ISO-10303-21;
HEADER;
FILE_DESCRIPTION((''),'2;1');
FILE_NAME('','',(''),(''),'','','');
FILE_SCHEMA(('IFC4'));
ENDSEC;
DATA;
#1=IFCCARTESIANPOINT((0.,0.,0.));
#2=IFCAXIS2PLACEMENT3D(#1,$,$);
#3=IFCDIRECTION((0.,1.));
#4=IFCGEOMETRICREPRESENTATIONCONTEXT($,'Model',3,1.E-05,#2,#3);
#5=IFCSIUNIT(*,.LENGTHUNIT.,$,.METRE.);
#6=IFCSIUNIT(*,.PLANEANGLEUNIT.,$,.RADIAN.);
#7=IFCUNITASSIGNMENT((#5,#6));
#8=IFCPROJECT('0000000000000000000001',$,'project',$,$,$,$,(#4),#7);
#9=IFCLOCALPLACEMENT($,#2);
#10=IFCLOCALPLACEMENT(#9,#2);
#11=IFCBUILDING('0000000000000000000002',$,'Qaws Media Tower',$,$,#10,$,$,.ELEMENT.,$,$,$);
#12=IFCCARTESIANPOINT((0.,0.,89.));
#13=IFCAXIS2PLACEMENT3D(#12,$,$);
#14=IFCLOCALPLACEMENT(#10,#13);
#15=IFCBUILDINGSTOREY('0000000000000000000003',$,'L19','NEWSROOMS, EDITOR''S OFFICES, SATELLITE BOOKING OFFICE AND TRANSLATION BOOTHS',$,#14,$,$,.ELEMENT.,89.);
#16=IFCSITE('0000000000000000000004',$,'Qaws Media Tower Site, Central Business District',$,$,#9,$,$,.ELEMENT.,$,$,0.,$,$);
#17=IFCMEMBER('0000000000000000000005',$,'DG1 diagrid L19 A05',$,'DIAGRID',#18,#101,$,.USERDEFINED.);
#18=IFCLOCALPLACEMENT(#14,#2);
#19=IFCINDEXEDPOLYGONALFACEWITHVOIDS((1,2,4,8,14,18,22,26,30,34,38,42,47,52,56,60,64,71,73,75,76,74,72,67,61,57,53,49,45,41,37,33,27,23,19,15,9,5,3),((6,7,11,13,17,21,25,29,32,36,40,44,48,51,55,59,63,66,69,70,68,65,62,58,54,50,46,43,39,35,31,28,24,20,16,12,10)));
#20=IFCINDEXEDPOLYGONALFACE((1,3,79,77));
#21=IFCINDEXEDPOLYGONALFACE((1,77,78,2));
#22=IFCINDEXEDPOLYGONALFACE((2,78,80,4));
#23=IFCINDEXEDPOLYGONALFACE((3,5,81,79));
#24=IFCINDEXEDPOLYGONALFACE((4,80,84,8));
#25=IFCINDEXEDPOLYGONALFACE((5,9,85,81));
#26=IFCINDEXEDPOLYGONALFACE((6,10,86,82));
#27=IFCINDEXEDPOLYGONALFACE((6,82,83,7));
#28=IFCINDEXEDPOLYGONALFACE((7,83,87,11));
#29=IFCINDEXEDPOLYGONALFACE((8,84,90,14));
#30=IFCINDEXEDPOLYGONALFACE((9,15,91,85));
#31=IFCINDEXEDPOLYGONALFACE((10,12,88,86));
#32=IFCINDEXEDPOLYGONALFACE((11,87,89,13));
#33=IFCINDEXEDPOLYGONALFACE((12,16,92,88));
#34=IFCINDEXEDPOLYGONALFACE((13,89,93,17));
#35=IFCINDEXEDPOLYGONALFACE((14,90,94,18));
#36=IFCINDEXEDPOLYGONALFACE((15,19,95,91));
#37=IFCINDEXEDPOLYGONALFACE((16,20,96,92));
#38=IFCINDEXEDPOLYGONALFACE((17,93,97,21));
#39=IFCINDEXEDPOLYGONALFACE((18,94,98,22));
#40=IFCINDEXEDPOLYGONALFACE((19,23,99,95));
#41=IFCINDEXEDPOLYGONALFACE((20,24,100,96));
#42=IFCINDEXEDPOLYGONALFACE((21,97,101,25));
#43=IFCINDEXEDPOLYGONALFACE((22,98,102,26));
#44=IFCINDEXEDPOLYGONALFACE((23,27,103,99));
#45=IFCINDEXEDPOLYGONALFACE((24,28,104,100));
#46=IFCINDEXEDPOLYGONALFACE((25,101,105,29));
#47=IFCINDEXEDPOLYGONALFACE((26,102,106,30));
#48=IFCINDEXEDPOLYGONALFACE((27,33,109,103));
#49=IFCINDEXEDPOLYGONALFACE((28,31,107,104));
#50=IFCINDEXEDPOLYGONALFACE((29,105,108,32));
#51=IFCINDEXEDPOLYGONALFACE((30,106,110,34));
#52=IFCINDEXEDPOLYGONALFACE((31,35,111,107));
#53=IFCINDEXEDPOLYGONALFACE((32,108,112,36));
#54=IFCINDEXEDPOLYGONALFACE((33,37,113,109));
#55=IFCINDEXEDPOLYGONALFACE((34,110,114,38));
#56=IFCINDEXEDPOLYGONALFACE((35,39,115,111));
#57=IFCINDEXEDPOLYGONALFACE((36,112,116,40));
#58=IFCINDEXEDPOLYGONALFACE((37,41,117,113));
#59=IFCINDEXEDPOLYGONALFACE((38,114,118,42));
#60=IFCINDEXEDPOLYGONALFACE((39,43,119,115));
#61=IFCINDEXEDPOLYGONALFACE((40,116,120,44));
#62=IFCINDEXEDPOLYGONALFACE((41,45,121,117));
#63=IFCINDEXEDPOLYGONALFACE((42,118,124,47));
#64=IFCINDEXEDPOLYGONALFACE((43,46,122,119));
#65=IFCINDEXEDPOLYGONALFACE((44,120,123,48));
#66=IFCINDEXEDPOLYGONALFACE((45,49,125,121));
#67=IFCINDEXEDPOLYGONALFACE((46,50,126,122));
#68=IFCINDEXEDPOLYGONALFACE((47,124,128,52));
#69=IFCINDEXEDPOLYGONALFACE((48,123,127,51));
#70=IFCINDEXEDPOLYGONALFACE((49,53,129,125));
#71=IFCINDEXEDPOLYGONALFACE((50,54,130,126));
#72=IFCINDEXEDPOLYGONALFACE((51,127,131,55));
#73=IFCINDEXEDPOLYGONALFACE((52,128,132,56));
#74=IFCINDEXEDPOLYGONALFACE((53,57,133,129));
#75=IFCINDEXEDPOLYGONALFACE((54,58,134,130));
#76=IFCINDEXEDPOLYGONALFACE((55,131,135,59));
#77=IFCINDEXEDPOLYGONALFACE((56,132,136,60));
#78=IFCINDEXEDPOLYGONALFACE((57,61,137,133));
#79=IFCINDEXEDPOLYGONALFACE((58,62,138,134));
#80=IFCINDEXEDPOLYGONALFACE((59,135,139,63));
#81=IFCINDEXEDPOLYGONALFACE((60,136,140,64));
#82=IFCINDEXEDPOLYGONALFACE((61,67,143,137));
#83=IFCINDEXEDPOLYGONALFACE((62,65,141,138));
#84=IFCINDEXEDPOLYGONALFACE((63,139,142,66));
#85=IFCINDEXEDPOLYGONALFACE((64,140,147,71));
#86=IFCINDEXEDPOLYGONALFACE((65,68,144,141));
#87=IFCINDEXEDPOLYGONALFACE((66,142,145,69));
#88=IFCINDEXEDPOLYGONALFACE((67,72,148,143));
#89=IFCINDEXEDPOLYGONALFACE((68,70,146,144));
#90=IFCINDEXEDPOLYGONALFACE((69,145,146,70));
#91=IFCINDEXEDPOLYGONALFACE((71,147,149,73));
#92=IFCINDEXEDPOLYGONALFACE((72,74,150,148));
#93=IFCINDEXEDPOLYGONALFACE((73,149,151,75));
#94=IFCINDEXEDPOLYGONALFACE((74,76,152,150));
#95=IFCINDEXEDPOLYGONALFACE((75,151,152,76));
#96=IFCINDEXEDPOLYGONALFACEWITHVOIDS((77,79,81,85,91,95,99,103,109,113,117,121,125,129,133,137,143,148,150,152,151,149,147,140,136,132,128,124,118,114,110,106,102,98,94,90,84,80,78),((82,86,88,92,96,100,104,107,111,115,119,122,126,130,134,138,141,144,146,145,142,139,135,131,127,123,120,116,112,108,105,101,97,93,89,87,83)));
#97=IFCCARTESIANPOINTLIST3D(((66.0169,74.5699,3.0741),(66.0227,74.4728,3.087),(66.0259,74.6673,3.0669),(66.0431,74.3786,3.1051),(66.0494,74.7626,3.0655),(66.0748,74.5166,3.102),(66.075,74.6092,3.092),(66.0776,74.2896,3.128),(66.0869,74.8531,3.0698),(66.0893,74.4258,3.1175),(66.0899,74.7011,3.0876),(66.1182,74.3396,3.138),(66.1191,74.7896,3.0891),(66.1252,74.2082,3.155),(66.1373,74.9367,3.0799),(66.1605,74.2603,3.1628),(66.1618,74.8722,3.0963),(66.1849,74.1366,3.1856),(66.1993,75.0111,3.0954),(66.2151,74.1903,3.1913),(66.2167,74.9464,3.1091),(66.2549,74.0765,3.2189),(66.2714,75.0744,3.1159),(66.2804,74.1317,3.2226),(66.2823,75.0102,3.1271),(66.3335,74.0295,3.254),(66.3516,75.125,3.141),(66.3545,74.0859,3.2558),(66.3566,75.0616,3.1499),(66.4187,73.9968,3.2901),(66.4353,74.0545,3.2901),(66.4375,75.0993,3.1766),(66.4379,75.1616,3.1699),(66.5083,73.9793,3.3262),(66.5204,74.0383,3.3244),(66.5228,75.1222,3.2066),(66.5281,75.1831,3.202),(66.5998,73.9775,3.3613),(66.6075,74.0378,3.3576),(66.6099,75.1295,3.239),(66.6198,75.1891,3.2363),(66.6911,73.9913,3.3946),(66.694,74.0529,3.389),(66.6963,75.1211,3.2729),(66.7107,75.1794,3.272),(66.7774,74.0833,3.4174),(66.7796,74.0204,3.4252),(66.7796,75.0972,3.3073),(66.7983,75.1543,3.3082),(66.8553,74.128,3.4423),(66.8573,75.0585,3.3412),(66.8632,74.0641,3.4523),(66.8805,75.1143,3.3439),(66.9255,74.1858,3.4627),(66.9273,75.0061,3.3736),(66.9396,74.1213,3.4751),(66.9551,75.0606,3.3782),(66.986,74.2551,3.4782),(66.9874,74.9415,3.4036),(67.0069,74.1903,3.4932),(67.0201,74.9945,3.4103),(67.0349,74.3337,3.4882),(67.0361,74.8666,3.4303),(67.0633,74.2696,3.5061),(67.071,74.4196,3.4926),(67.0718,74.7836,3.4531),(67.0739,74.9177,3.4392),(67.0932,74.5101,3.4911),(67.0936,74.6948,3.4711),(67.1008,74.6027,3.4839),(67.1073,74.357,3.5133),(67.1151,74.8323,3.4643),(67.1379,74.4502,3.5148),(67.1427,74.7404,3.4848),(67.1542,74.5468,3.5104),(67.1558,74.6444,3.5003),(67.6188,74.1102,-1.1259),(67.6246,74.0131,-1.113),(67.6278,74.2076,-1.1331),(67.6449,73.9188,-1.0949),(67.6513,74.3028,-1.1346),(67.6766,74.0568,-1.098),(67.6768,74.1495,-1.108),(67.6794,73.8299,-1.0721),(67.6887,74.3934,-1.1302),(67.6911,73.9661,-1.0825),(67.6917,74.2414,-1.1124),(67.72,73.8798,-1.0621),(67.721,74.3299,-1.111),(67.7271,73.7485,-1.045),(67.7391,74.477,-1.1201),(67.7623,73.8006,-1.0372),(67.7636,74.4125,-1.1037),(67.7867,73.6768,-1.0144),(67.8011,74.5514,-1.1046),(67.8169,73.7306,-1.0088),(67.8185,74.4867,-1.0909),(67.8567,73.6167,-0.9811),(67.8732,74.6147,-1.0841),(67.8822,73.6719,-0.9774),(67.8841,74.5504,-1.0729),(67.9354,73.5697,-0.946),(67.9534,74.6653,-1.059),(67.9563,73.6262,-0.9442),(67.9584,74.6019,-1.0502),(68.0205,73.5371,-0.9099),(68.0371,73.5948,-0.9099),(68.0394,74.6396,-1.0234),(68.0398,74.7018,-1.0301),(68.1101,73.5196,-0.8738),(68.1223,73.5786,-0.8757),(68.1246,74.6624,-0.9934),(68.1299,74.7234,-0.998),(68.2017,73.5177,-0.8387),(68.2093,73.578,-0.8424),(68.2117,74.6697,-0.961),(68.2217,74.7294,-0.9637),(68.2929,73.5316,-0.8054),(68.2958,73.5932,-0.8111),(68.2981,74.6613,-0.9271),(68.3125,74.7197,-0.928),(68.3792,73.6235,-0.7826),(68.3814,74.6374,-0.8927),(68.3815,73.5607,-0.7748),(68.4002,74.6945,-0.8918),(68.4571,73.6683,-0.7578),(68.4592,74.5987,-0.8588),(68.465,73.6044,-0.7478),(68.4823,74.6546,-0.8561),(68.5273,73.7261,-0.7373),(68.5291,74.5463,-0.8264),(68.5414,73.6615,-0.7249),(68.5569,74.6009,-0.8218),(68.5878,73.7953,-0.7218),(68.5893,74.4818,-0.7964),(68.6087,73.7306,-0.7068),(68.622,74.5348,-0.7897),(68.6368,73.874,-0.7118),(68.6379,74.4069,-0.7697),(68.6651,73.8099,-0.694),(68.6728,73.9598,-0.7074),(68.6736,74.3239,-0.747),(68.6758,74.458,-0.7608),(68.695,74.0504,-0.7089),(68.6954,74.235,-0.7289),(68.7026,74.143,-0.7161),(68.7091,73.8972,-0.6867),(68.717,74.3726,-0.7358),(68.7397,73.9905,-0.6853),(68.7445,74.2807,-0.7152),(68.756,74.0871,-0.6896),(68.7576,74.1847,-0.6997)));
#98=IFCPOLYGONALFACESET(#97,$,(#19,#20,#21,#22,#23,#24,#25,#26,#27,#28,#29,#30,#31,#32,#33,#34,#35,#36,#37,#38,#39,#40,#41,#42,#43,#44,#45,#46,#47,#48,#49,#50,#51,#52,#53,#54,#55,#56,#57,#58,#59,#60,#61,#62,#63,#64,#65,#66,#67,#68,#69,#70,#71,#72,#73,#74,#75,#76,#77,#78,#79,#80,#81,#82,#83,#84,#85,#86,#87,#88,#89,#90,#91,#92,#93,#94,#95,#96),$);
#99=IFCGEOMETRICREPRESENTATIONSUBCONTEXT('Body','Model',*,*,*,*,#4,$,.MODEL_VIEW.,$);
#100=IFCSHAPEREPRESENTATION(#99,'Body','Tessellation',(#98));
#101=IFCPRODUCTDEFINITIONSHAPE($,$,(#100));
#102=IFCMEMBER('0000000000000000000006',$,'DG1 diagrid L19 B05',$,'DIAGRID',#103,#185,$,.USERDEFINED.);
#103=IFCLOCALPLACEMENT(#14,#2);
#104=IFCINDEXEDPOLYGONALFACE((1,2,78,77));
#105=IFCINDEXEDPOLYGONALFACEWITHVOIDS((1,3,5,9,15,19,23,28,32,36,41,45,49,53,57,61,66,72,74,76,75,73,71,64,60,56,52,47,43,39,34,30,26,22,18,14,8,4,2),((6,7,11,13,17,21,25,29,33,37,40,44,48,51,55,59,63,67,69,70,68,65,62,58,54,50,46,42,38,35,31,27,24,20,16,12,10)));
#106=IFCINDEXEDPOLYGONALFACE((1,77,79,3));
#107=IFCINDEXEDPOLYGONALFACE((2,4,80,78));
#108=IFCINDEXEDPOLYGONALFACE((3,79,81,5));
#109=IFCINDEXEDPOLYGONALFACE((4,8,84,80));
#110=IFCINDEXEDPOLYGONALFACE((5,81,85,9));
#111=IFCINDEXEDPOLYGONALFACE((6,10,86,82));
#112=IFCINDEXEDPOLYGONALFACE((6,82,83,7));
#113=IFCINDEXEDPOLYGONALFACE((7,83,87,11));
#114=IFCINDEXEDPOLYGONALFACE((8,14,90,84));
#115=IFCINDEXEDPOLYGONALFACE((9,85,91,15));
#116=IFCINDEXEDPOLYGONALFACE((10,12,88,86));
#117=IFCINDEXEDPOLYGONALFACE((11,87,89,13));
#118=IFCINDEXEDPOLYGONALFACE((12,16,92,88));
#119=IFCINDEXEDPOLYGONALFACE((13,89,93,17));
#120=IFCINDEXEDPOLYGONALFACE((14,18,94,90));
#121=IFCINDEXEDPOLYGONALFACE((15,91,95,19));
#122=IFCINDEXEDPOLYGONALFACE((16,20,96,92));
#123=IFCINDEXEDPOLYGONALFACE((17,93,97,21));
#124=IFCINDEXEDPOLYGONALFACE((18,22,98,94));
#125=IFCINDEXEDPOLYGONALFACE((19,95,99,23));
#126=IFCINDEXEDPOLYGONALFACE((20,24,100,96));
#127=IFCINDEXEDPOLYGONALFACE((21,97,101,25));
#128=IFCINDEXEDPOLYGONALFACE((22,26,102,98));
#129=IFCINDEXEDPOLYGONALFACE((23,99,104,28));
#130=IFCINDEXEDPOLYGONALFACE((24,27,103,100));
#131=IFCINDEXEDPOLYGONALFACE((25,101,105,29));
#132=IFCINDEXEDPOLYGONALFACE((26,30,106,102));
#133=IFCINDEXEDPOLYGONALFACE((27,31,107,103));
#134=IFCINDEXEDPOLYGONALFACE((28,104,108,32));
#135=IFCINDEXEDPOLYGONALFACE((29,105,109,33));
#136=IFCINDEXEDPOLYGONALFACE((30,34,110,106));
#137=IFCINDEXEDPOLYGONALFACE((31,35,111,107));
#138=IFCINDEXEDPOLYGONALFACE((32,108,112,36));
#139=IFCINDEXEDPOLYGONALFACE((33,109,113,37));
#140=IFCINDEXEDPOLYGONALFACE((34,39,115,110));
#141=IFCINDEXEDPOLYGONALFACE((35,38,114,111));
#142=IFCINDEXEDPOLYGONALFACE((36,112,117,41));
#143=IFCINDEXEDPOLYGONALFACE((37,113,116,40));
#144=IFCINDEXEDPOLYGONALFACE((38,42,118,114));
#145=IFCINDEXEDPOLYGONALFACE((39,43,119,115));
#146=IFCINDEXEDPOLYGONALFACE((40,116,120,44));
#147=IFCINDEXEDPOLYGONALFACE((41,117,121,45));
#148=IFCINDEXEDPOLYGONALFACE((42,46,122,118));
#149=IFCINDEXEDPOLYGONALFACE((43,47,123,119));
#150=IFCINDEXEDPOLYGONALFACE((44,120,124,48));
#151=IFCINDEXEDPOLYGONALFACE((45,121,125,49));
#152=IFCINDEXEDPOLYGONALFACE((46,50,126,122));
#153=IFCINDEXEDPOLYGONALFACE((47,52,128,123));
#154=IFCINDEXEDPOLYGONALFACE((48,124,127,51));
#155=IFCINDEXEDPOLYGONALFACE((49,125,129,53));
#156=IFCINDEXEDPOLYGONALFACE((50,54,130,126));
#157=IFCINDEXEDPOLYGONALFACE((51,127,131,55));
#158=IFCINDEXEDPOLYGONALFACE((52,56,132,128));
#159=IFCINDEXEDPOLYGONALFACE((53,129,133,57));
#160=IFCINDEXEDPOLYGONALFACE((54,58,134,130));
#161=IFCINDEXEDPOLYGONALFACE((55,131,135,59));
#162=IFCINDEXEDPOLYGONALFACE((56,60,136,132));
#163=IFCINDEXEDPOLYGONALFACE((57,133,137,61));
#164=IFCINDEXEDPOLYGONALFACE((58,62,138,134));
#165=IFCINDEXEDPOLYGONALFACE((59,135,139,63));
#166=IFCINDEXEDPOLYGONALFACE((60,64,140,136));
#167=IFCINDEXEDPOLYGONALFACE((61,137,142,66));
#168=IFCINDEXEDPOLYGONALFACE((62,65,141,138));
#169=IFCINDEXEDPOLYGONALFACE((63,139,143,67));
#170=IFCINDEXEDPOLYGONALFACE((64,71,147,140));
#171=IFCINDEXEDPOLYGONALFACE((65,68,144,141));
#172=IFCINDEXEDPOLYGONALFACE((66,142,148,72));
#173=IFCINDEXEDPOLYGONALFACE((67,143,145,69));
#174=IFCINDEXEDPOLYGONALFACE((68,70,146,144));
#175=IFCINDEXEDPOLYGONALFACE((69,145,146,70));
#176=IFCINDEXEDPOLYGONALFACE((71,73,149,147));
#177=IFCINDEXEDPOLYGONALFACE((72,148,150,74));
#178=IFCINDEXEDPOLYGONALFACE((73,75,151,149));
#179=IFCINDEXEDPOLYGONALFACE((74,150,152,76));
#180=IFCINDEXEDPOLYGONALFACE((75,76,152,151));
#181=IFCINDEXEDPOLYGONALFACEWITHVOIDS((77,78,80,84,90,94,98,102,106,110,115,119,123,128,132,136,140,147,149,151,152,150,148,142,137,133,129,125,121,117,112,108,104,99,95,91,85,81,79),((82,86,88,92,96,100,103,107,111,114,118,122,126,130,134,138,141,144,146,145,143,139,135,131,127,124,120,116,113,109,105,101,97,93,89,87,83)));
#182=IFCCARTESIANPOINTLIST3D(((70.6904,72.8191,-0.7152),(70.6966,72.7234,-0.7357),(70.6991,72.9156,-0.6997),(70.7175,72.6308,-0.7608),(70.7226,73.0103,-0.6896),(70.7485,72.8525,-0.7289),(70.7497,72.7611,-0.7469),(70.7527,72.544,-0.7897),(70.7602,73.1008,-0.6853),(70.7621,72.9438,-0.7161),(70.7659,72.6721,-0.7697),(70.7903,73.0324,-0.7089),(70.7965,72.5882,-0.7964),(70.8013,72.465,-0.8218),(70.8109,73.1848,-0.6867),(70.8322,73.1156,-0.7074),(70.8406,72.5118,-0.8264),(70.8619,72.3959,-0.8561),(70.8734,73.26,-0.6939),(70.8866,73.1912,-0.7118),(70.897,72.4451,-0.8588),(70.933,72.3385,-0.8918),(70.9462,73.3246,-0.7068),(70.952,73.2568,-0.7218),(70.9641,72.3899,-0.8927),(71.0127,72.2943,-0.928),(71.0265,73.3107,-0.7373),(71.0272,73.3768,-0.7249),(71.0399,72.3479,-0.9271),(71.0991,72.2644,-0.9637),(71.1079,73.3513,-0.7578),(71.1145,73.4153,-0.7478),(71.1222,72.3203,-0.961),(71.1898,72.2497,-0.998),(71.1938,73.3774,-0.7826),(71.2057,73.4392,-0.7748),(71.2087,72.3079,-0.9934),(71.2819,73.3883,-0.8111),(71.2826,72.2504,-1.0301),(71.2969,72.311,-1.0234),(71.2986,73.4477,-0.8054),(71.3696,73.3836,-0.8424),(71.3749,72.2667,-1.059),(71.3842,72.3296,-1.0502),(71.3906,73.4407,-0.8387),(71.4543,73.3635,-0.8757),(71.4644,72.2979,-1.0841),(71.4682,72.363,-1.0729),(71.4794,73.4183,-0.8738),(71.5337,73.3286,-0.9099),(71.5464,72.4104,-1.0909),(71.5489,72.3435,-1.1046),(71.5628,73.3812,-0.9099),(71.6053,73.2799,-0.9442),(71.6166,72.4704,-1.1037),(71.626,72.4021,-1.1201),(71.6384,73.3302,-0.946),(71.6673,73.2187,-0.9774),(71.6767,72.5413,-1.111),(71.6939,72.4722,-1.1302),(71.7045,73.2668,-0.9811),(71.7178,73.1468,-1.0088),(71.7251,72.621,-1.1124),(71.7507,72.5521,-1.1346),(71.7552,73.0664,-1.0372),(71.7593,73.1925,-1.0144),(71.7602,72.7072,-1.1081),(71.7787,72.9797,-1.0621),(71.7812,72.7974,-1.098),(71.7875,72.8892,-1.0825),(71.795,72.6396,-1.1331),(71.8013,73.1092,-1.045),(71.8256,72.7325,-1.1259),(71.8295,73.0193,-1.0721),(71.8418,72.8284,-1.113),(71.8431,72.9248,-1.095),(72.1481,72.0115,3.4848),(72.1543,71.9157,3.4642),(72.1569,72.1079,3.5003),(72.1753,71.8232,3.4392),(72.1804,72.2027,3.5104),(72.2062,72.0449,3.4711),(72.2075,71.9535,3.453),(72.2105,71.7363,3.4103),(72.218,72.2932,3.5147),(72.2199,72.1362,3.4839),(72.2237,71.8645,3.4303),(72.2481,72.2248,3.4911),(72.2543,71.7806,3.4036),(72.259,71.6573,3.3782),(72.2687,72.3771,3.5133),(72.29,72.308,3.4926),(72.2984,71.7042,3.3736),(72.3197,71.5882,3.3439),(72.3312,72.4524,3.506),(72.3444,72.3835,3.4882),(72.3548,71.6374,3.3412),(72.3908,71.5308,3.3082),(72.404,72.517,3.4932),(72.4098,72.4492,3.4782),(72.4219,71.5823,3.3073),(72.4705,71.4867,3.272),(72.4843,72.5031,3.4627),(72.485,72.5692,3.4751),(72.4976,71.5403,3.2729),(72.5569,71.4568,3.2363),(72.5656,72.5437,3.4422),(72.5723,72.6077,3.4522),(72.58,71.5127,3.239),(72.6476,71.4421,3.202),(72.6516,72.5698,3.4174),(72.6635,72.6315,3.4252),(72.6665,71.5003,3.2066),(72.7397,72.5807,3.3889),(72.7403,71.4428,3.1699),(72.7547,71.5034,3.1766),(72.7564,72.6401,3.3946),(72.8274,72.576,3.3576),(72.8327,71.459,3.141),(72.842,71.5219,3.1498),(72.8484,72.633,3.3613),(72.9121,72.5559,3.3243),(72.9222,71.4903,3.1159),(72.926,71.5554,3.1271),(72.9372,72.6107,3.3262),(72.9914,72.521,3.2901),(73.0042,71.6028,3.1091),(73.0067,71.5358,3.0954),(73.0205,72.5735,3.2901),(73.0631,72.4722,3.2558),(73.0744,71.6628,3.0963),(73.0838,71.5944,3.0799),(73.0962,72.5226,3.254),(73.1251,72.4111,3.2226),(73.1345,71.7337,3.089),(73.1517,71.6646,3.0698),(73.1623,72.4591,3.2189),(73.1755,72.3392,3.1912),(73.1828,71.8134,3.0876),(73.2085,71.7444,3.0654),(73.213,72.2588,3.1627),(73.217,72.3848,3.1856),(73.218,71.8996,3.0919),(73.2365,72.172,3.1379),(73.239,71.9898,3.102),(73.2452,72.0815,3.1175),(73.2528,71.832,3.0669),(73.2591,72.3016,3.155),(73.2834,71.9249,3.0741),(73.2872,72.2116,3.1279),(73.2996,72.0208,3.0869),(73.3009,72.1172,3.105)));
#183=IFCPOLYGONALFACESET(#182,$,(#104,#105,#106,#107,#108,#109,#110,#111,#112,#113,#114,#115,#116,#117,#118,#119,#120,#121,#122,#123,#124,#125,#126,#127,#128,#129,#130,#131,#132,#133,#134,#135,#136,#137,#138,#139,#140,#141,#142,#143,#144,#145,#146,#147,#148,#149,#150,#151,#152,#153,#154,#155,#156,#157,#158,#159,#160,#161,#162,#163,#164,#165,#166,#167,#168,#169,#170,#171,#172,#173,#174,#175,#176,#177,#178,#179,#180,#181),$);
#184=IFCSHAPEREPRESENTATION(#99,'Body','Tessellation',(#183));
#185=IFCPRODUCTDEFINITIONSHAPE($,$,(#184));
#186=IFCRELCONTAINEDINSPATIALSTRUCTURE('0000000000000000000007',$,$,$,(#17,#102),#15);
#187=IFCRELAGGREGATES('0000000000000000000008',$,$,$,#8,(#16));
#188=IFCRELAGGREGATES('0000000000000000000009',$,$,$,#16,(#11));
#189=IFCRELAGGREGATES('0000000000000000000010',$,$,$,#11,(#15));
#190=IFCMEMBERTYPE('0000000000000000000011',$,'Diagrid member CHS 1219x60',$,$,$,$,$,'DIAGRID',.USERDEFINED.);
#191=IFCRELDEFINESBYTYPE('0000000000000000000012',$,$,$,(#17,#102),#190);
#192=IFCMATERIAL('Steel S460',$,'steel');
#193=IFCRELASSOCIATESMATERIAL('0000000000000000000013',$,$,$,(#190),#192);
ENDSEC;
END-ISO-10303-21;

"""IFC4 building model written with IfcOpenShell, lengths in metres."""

from ifc_helpers import new_model, si_unit, direction, frame, origin, origin_2d, place, context, subcontext, project, spatial, hollow_circle, extrude, material, material_profile, profile_set, type_object, element, save


model = new_model("IFC4")

# Units and contexts
model_context = context("Model", 3, precision=1e-05, world=origin(), true_north=direction((0.0, 1.0)))
body_context = subcontext(model_context, "Body", "Model", "MODEL_VIEW")
ifc_project = project(units=[si_unit("LENGTHUNIT", "METRE"), si_unit("PLANEANGLEUNIT", "RADIAN")], contexts=[model_context])

# Site, building, storey
site_placement = place(None, origin())
site = spatial("IfcSite", under=ifc_project, at=site_placement, Name="Qaws Media Tower Site, Central Business District", CompositionType="ELEMENT", RefElevation=0.0)
building_placement = place(site_placement, origin())
building = spatial("IfcBuilding", under=site, at=building_placement, Name="Qaws Media Tower", CompositionType="ELEMENT")
storey_placement = place(building_placement, frame((0.0, 0.0, 89.0)))
storey = spatial("IfcBuildingStorey", under=building, at=storey_placement, Name="L19", Description="NEWSROOMS, EDITOR'S OFFICES, SATELLITE BOOKING OFFICE AND TRANSLATION BOOTHS", CompositionType="ELEMENT", Elevation=89.0)

# Members
ifc_material_1 = material(Name="Steel S460", Category="steel")
ifc_material_profile_1 = material_profile(ifc_material_1, hollow_circle(Radius=0.6096, WallThickness=0.0601, at=origin_2d()), Name="CHS 1219x60")
ifc_profile_set_1 = profile_set([ifc_material_profile_1], Name="Steel S460")
member_type_1 = type_object("IfcMemberType", Name="Diagrid member CHS 1219x60", ElementType="DIAGRID", PredefinedType="USERDEFINED", material=ifc_profile_set_1)
for number, where, z_axis, x_axis, name in (
    (1, (68.1887, 74.123, -0.9099), (-0.354501, 0.101741, 0.929504), (-0.275863, -0.961197, 0.0), "DG1 diagrid L19 A05"),
    (2, (71.2673, 72.8479, -0.9099), (0.322621, -0.178735, 0.9295), (0.48461, 0.87473, 0.0), "DG1 diagrid L19 B05"),
):
    element("IfcMember", number, at=place(storey_placement, frame(where, z_axis=z_axis, x_axis=x_axis)), inside=storey, type_object=member_type_1, Name=name, ObjectType="DIAGRID", PredefinedType="USERDEFINED", context=body_context, shape_type="SweptSolid", body=[
        extrude(hollow_circle(Radius=0.6096, WallThickness=0.0601, at=origin_2d()), origin(), (0.0, 0.0, 1.0), 4.5186),
    ])

save(model, "model.ifc")
